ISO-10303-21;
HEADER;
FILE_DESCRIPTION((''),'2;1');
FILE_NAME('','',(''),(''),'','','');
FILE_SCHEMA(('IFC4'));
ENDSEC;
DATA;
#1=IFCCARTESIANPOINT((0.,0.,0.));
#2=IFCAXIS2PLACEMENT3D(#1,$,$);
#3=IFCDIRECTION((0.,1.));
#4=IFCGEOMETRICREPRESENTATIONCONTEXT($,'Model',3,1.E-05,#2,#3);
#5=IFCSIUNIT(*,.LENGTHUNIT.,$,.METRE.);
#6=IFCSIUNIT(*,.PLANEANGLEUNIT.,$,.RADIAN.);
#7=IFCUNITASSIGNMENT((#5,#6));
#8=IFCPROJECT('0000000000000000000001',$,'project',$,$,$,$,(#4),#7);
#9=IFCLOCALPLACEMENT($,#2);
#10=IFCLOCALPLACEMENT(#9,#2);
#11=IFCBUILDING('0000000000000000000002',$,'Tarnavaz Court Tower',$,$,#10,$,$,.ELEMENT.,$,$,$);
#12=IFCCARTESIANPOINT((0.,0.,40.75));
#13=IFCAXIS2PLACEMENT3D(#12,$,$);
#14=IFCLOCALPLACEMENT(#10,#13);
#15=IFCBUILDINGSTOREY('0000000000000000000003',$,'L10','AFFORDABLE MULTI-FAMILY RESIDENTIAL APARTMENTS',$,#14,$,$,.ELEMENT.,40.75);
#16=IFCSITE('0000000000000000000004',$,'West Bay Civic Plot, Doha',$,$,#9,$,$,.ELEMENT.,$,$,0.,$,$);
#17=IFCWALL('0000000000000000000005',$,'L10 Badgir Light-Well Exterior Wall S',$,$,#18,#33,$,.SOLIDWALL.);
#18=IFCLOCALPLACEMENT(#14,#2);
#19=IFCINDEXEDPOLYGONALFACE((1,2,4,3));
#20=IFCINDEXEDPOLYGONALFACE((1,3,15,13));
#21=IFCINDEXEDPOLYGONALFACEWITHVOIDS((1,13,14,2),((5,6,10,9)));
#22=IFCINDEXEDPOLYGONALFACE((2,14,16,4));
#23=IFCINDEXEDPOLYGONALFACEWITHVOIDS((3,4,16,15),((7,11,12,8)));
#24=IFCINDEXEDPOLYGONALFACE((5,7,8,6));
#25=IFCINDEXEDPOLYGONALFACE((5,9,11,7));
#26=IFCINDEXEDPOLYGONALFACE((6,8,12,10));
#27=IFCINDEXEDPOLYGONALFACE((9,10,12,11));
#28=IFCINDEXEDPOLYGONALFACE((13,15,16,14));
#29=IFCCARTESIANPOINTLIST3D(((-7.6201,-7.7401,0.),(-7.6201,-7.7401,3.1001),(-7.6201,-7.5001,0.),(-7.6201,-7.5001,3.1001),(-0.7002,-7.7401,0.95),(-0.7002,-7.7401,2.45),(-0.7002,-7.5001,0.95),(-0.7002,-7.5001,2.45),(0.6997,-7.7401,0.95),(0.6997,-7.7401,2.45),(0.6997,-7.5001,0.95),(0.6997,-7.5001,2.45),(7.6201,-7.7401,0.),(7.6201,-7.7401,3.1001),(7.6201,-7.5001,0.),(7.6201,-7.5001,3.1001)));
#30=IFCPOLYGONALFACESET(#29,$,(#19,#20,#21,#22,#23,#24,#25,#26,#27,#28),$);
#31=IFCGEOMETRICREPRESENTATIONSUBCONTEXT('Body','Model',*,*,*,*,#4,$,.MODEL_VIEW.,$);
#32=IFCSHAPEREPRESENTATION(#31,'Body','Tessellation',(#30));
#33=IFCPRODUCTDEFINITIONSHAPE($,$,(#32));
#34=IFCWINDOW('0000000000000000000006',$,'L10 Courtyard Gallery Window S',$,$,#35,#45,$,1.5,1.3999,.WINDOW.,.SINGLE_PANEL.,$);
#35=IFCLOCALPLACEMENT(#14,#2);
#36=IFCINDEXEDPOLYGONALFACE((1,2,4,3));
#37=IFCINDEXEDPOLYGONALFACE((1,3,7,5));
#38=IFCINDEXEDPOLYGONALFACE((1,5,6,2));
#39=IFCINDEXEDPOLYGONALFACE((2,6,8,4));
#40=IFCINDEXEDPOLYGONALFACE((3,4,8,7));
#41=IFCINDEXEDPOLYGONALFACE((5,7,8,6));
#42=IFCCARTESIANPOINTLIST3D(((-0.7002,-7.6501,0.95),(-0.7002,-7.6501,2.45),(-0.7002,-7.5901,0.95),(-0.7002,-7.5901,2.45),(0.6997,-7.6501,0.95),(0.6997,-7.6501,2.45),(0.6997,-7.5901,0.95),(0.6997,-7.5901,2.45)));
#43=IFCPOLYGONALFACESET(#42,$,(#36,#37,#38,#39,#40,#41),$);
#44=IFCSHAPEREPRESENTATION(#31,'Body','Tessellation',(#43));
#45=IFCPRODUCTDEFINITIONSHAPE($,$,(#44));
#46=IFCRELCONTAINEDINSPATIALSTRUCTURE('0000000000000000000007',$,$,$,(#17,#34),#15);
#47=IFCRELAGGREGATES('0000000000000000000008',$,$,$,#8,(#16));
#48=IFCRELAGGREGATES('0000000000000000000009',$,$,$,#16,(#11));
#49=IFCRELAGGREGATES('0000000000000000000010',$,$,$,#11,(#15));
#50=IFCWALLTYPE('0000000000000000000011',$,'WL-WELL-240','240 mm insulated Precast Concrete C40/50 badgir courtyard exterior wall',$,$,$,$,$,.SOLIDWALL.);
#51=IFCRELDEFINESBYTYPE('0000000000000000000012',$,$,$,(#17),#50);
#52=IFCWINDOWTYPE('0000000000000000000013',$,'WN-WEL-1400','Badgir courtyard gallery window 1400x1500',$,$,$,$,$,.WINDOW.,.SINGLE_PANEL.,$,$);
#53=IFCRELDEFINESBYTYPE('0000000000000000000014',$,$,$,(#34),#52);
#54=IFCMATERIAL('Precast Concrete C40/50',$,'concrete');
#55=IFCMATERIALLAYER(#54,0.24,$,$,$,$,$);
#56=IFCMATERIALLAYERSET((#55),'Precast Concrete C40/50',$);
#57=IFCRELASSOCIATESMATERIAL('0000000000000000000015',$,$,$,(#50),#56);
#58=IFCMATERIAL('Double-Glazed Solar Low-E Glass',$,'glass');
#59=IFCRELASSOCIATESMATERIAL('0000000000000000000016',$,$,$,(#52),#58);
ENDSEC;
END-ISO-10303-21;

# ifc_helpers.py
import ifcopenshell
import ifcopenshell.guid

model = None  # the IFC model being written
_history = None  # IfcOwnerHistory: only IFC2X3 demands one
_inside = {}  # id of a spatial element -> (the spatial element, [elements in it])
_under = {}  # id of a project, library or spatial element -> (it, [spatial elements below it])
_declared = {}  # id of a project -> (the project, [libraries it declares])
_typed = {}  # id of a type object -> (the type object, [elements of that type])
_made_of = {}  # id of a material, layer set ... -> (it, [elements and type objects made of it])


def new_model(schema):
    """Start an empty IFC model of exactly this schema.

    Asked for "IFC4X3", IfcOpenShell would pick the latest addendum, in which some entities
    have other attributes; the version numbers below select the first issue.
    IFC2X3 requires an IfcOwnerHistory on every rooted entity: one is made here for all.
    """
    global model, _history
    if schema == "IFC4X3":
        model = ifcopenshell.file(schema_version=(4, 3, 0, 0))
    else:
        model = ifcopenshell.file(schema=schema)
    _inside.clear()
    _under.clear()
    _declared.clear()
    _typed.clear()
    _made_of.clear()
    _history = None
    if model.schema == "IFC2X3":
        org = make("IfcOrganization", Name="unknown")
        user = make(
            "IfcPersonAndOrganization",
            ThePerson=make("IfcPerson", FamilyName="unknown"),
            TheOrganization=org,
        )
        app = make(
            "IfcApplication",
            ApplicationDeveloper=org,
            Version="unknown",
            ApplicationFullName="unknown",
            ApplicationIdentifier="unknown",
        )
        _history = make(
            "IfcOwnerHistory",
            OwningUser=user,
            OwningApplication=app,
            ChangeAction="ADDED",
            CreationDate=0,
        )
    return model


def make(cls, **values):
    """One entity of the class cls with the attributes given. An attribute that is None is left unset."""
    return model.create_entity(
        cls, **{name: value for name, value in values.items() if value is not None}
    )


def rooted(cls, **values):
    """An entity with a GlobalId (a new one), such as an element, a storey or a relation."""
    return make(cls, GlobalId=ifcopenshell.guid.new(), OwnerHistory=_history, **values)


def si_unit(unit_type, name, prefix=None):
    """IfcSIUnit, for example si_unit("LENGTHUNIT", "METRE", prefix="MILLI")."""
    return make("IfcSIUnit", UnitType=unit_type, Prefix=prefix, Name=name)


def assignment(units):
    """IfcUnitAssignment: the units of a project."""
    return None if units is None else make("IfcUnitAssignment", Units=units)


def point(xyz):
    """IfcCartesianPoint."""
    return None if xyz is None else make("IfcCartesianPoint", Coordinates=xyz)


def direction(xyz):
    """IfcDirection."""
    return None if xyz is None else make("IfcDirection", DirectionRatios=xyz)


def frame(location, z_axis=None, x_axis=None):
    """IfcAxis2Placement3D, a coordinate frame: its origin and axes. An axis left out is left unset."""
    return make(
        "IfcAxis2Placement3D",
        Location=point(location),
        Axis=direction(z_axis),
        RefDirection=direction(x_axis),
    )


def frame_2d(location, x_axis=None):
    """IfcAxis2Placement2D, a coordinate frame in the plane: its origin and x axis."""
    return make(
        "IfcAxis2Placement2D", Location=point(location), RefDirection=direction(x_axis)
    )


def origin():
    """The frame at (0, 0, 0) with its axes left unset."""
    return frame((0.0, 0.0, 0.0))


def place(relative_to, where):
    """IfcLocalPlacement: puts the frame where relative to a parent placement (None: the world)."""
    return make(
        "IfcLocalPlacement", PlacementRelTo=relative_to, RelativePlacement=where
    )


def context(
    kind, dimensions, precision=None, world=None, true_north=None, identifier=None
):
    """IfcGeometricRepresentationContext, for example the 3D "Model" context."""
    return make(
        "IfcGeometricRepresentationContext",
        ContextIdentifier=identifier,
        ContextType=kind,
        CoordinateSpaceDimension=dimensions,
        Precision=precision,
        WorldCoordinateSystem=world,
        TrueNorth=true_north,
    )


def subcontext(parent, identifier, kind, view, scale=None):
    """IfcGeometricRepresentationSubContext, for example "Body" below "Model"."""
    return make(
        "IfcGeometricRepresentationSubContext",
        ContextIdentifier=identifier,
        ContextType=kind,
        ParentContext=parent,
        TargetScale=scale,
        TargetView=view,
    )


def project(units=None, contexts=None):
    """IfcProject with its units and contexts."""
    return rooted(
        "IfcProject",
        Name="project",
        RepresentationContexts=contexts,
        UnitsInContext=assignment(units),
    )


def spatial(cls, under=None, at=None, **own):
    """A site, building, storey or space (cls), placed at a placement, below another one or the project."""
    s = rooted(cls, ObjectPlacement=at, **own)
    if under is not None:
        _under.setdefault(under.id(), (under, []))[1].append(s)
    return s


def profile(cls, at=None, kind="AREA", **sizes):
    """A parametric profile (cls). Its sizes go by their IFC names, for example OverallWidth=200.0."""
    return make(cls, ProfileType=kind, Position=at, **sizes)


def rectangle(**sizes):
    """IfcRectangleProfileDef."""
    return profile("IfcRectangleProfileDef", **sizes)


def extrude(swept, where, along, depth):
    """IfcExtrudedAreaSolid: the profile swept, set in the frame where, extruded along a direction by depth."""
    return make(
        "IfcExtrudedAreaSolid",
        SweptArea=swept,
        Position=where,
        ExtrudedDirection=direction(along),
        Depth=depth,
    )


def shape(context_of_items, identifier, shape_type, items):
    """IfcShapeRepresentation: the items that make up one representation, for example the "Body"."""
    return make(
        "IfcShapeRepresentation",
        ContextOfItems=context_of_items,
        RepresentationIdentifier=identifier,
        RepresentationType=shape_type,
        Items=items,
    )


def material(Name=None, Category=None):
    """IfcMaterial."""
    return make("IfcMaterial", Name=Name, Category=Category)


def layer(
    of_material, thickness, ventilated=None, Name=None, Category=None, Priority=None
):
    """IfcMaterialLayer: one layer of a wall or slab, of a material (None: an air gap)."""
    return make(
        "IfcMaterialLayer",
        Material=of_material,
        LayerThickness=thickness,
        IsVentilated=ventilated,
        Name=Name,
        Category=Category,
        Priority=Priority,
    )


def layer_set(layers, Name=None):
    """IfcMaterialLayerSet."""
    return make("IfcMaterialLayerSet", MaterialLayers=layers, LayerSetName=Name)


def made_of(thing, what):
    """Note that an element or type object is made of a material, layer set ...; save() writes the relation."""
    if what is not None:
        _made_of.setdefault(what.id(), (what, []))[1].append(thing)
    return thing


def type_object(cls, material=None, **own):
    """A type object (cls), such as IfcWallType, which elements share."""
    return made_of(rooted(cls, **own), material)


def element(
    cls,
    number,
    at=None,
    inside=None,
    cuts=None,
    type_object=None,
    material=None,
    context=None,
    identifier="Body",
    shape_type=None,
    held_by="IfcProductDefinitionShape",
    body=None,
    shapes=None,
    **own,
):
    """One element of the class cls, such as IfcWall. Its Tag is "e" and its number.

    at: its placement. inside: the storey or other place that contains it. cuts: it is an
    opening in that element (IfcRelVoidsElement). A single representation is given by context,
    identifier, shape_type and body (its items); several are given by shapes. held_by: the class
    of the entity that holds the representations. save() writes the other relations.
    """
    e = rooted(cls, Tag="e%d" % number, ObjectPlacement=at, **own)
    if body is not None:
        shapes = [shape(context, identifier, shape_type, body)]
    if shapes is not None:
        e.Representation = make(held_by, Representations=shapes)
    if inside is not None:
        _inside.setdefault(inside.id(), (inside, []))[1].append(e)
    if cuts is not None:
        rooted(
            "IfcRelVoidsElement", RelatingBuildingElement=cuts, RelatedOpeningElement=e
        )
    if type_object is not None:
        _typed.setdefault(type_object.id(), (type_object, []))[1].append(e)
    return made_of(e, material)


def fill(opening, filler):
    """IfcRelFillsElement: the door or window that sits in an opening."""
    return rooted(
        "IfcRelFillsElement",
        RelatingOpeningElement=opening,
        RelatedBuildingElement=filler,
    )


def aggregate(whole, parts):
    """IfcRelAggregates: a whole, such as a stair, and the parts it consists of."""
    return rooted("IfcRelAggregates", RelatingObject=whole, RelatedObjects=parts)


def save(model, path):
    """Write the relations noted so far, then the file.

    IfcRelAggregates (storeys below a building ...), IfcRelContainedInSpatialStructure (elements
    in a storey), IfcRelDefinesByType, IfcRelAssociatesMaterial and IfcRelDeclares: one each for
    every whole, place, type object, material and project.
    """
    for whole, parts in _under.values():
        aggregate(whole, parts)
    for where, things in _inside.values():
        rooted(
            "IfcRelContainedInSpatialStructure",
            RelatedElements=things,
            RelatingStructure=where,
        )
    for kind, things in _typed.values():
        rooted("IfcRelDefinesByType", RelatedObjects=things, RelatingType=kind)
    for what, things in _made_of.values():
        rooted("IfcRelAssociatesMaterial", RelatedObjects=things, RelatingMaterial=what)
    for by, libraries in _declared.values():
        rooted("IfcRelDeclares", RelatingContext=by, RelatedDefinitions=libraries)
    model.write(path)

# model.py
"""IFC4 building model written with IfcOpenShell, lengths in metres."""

from ifc_helpers import new_model, si_unit, direction, frame, frame_2d, origin, place, context, subcontext, project, spatial, rectangle, extrude, material, layer, layer_set, type_object, element, fill, save


model = new_model("IFC4")

# Units and contexts
model_context = context("Model", 3, precision=1e-05, world=origin(), true_north=direction((0.0, 1.0)))
body_context = subcontext(model_context, "Body", "Model", "MODEL_VIEW")
ifc_project = project(units=[si_unit("LENGTHUNIT", "METRE"), si_unit("PLANEANGLEUNIT", "RADIAN")], contexts=[model_context])

# Site, building, storey
site_placement = place(None, origin())
site = spatial("IfcSite", under=ifc_project, at=site_placement, Name="West Bay Civic Plot, Doha", CompositionType="ELEMENT", RefElevation=0.0)
building_placement = place(site_placement, origin())
building = spatial("IfcBuilding", under=site, at=building_placement, Name="Tarnavaz Court Tower", CompositionType="ELEMENT")
storey_placement = place(building_placement, frame((0.0, 0.0, 40.75)))
storey = spatial("IfcBuildingStorey", under=building, at=storey_placement, Name="L10", Description="AFFORDABLE MULTI-FAMILY RESIDENTIAL APARTMENTS", CompositionType="ELEMENT", Elevation=40.75)

# Wall, opening, window
ifc_material_1 = material(Name="Precast Concrete C40/50", Category="concrete")
ifc_layer_1 = layer(ifc_material_1, 0.24)
ifc_layer_set_1 = layer_set([ifc_layer_1], Name="Precast Concrete C40/50")
wall_type_1 = type_object("IfcWallType", Name="WL-WELL-240", Description="240 mm insulated Precast Concrete C40/50 badgir courtyard exterior wall", PredefinedType="SOLIDWALL", material=ifc_layer_set_1)
wall_1_placement = place(storey_placement, frame((-7.6201, -7.6201, 0.0), z_axis=(0.0, 0.0, 1.0), x_axis=(1.0, 0.0, 0.0)))
wall_1 = element("IfcWall", 1, at=wall_1_placement, inside=storey, type_object=wall_type_1, Name="L10 Badgir Light-Well Exterior Wall S", PredefinedType="SOLIDWALL", context=body_context, shape_type="SweptSolid", body=[
    extrude(rectangle(XDim=15.2402, YDim=0.24, at=frame_2d((7.6201, 0.0))), origin(), (0.0, 0.0, 1.0), 3.1001),
])
opening_1_placement = place(wall_1_placement, frame((6.9199, 0.0, 0.95)))
opening_1 = element("IfcOpeningElement", 2, at=opening_1_placement, cuts=wall_1, PredefinedType="OPENING", context=body_context, shape_type="SweptSolid", body=[
    extrude(rectangle(XDim=1.3999, YDim=1.5, at=frame_2d((0.7, 0.75))), frame((0.0, 0.1299, 0.0), z_axis=(0.0, -1.0, 0.0), x_axis=(1.0, 0.0, 0.0)), (0.0, 0.0, 1.0), 0.26),
])
ifc_material_2 = material(Name="Double-Glazed Solar Low-E Glass", Category="glass")
window_type = type_object("IfcWindowType", Name="WN-WEL-1400", Description="Badgir courtyard gallery window 1400x1500", PartitioningType="SINGLE_PANEL", PredefinedType="WINDOW", material=ifc_material_2)
window_placement = place(opening_1_placement, origin())
window = element("IfcWindow", 3, at=window_placement, inside=storey, type_object=window_type, Name="L10 Courtyard Gallery Window S", OverallHeight=1.5, OverallWidth=1.3999, PartitioningType="SINGLE_PANEL", PredefinedType="WINDOW", context=body_context, shape_type="SweptSolid", body=[
    extrude(rectangle(XDim=1.3999, YDim=1.5, at=frame_2d((0.7, 0.75))), frame((0.0, 0.03, 0.0), z_axis=(0.0, -1.0, 0.0), x_axis=(1.0, 0.0, 0.0)), (0.0, 0.0, 1.0), 0.0601),
])
fill(opening_1, window)

save(model, "model.ifc")
